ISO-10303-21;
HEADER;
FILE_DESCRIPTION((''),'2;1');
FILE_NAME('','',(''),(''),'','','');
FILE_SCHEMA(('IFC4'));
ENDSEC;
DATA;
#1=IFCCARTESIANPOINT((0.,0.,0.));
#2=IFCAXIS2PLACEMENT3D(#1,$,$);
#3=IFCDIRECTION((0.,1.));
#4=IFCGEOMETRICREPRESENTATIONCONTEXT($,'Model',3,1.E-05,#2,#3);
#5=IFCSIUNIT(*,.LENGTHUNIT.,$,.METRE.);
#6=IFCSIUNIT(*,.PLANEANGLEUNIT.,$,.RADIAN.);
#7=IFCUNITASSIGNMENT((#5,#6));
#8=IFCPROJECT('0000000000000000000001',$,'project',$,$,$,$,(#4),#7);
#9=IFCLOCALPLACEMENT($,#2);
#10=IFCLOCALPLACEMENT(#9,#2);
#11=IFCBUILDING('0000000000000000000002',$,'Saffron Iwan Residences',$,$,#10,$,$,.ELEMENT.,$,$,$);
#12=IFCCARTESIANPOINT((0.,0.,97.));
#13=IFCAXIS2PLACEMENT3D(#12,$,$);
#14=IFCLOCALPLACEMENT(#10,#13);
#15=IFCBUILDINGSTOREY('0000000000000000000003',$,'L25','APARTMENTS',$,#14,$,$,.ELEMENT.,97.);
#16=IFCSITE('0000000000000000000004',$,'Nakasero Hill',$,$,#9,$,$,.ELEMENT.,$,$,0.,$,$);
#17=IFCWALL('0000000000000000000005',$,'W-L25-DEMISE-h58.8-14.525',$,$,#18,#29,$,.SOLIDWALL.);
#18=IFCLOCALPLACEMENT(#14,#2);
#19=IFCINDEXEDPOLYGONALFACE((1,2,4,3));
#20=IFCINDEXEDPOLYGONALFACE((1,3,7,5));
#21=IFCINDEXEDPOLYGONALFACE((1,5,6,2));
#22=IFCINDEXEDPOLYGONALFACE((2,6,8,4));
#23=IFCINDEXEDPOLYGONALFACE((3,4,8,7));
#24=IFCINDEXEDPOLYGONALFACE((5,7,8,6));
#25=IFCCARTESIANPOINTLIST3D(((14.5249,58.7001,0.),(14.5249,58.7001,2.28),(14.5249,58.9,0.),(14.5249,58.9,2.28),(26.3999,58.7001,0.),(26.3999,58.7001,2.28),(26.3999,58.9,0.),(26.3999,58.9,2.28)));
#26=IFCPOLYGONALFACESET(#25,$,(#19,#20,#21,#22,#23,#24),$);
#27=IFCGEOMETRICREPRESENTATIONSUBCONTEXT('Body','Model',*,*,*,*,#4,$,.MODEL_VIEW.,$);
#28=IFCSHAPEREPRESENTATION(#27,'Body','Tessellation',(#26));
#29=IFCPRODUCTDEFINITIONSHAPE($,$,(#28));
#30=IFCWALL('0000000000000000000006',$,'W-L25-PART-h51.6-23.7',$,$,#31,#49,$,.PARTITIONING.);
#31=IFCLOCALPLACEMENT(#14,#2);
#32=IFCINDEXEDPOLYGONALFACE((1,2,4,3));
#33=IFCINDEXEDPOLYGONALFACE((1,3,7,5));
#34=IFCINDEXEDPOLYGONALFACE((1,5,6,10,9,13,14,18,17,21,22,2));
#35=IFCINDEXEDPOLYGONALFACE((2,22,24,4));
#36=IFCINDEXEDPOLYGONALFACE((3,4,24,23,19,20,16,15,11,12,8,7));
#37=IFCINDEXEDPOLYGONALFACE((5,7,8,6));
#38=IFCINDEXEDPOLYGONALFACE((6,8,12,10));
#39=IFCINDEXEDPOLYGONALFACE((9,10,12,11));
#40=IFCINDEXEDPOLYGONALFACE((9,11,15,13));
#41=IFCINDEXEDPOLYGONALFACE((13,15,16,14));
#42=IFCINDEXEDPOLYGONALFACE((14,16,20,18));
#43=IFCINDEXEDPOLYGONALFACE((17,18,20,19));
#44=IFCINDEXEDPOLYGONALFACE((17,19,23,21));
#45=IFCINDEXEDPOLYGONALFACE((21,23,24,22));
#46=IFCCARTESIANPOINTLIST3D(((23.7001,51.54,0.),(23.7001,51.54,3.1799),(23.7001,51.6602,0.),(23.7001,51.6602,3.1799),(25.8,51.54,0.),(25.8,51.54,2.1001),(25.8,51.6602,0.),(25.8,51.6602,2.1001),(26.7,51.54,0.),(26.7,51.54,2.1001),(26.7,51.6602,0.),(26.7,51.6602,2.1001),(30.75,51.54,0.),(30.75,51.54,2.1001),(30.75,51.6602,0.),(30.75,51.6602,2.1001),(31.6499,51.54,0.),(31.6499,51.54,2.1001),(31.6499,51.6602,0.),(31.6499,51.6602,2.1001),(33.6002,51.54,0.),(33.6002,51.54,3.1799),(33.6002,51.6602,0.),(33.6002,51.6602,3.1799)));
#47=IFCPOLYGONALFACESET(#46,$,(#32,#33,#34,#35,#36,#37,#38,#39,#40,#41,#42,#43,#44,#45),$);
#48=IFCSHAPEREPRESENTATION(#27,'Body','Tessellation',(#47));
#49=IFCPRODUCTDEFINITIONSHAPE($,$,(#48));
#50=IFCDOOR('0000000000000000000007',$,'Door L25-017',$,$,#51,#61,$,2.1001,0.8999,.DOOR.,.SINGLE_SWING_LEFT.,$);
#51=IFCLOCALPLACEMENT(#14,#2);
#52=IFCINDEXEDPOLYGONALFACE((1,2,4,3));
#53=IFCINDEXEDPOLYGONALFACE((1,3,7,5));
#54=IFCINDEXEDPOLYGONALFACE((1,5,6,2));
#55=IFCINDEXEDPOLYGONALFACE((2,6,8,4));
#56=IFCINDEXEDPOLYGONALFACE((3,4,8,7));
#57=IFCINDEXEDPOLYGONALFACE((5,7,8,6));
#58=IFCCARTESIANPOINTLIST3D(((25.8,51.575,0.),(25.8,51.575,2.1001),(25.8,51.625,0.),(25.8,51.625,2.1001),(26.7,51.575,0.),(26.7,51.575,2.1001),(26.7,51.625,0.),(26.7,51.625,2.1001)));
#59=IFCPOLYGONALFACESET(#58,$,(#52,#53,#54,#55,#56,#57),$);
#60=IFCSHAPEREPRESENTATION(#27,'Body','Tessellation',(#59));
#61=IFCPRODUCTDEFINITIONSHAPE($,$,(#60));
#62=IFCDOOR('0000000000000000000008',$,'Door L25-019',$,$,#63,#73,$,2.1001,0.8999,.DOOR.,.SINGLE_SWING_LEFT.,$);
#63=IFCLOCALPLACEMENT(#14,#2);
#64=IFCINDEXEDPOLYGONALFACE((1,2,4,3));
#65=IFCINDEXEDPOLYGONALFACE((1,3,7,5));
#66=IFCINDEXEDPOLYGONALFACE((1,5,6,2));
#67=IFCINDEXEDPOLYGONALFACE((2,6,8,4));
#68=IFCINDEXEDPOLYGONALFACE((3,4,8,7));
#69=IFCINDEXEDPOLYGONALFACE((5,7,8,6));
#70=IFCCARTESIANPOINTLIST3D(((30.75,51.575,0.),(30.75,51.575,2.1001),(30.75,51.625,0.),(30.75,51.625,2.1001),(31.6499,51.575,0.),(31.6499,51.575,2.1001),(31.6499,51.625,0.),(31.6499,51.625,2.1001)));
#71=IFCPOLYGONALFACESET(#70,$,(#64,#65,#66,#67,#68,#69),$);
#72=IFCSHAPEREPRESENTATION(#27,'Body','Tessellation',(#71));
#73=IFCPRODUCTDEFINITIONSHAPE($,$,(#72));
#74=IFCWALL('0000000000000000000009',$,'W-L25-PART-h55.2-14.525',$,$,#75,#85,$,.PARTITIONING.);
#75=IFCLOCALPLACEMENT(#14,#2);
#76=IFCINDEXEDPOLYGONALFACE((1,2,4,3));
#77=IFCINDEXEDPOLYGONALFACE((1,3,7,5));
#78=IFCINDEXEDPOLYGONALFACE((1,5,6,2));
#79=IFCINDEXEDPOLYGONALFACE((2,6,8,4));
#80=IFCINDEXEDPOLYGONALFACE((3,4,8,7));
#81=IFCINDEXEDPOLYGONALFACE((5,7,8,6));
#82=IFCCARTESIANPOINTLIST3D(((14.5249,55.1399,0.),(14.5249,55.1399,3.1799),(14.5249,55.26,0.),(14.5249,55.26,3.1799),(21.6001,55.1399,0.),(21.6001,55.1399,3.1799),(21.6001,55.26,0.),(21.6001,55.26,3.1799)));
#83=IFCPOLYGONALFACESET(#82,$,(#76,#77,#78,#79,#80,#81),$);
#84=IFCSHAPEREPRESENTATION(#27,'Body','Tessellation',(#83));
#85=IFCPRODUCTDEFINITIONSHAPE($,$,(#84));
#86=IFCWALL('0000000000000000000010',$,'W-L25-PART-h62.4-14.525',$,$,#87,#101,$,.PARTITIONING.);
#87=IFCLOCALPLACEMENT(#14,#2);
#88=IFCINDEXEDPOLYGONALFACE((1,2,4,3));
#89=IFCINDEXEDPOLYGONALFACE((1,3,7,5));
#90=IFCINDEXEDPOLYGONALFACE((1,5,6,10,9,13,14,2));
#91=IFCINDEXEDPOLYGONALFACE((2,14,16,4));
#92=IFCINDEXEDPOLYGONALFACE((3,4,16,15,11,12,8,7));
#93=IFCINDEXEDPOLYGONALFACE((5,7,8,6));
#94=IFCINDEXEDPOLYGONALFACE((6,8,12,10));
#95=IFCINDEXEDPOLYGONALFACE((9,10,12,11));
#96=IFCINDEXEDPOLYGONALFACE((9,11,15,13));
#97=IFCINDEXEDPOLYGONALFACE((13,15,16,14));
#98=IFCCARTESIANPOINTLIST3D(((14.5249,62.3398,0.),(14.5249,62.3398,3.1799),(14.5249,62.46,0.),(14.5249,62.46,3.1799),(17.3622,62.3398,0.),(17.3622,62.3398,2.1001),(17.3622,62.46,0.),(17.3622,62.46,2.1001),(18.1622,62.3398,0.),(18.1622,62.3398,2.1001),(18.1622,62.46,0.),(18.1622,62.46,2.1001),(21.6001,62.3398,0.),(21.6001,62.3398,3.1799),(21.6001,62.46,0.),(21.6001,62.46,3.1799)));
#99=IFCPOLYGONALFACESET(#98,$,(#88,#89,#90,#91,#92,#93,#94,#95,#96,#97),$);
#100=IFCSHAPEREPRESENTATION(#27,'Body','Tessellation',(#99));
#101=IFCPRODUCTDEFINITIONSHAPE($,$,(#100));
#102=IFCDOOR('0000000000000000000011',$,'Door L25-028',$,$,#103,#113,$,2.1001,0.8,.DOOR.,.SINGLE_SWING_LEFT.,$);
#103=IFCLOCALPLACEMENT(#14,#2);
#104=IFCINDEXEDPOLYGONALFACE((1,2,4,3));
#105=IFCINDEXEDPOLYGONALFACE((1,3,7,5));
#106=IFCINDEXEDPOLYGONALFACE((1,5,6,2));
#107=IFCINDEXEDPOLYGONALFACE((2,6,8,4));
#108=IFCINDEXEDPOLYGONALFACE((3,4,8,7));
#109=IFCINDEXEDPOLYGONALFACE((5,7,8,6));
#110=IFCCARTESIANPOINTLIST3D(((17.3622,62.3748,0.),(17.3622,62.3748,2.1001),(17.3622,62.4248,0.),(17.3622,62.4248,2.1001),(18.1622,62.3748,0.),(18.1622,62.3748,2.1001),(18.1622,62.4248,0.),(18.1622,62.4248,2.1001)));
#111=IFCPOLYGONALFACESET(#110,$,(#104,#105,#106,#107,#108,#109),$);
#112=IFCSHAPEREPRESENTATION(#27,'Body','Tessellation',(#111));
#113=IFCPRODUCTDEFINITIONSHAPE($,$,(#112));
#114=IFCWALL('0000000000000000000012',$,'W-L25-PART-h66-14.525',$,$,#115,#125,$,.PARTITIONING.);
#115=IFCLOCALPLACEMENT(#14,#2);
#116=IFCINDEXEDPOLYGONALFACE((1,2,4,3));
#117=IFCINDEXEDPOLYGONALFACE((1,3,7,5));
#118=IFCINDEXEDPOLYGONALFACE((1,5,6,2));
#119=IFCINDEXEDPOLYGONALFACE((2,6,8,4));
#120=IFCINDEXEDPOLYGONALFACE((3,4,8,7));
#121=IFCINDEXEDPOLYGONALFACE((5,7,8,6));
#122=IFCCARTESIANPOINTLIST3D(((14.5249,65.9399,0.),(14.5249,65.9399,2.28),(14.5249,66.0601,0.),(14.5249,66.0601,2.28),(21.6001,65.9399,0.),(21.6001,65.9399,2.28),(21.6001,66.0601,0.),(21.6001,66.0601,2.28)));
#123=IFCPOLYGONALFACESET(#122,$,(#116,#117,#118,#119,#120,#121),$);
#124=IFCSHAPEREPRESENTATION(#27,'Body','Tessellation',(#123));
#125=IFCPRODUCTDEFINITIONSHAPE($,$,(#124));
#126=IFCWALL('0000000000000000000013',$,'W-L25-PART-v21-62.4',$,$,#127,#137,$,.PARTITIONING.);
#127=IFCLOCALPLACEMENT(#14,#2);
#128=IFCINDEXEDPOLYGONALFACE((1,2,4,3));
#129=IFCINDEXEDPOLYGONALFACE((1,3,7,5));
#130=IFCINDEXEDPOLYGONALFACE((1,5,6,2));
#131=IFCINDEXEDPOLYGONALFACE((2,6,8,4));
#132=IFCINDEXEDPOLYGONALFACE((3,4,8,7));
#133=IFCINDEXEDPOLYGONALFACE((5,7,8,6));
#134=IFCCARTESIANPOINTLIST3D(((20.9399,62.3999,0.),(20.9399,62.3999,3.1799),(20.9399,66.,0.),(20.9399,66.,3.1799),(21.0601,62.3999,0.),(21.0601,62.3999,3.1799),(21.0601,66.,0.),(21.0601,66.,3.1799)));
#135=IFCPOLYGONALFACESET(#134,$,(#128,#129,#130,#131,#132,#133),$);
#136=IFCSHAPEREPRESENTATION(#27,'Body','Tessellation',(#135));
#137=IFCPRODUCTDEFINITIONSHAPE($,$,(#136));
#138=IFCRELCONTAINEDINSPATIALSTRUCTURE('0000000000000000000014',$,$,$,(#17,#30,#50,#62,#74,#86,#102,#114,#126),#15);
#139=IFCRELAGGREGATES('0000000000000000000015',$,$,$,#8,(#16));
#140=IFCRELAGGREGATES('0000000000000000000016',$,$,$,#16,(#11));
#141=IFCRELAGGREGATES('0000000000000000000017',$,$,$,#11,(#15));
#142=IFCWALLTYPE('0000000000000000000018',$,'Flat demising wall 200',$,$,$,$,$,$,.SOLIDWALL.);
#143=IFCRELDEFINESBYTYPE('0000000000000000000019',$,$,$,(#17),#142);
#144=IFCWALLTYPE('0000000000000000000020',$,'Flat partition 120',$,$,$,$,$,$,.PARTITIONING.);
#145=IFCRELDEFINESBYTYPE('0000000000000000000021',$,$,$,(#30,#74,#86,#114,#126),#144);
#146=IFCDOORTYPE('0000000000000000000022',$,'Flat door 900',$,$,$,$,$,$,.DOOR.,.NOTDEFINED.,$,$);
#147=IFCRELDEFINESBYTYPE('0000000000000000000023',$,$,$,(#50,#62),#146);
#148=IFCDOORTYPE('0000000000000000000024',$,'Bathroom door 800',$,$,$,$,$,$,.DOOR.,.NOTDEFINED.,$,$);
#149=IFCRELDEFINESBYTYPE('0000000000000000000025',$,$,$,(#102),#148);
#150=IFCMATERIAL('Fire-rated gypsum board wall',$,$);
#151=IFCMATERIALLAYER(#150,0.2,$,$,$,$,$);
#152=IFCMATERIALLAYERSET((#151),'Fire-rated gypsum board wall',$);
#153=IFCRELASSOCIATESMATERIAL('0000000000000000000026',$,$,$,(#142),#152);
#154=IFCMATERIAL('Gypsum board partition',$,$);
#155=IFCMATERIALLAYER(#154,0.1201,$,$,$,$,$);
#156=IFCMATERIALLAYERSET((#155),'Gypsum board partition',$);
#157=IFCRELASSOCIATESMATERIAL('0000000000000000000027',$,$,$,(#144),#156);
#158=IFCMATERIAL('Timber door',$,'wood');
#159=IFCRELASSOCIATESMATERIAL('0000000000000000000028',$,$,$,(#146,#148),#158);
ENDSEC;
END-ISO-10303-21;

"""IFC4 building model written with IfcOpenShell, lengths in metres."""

from ifc_helpers import new_model, si_unit, direction, frame, frame_2d, origin, place, context, subcontext, project, spatial, rectangle, extrude, material, layer, layer_set, type_object, element, fill, save


model = new_model("IFC4")

# Units and contexts
model_context = context("Model", 3, precision=1e-05, world=origin(), true_north=direction((0.0, 1.0)))
body_context = subcontext(model_context, "Body", "Model", "MODEL_VIEW")
ifc_project = project(units=[si_unit("LENGTHUNIT", "METRE"), si_unit("PLANEANGLEUNIT", "RADIAN")], contexts=[model_context])

# Site, building, storey
site_placement = place(None, origin())
site = spatial("IfcSite", under=ifc_project, at=site_placement, Name="Nakasero Hill", CompositionType="ELEMENT", RefElevation=0.0)
building_placement = place(site_placement, origin())
building = spatial("IfcBuilding", under=site, at=building_placement, Name="Saffron Iwan Residences", CompositionType="ELEMENT")
storey_placement = place(building_placement, frame((0.0, 0.0, 97.0)))
storey = spatial("IfcBuildingStorey", under=building, at=storey_placement, Name="L25", Description="APARTMENTS", CompositionType="ELEMENT", Elevation=97.0)

# Wall
ifc_material_1 = material(Name="Fire-rated gypsum board wall")
ifc_layer_1 = layer(ifc_material_1, 0.2)
ifc_layer_set_1 = layer_set([ifc_layer_1], Name="Fire-rated gypsum board wall")
wall_type_1 = type_object("IfcWallType", Name="Flat demising wall 200", PredefinedType="SOLIDWALL", material=ifc_layer_set_1)
wall_1_placement = place(storey_placement, frame((14.5249, 58.8, 0.0), z_axis=(0.0, 0.0, 1.0), x_axis=(1.0, 0.0, 0.0)))
element("IfcWall", 1, at=wall_1_placement, inside=storey, type_object=wall_type_1, Name="W-L25-DEMISE-h58.8-14.525", PredefinedType="SOLIDWALL", context=body_context, shape_type="SweptSolid", body=[
    extrude(rectangle(XDim=11.875, YDim=0.2, at=frame_2d((5.9375, 0.0))), origin(), (0.0, 0.0, 1.0), 2.28),
])

# Wall, openings, doors
ifc_material_2 = material(Name="Gypsum board partition")
ifc_layer_2 = layer(ifc_material_2, 0.1201)
ifc_layer_set_2 = layer_set([ifc_layer_2], Name="Gypsum board partition")
wall_type_2 = type_object("IfcWallType", Name="Flat partition 120", PredefinedType="PARTITIONING", material=ifc_layer_set_2)
wall_2_placement = place(storey_placement, frame((23.7, 51.6001, 0.0), z_axis=(0.0, 0.0, 1.0), x_axis=(1.0, 0.0, 0.0)))
wall_2 = element("IfcWall", 2, at=wall_2_placement, inside=storey, type_object=wall_type_2, Name="W-L25-PART-h51.6-23.7", PredefinedType="PARTITIONING", context=body_context, shape_type="SweptSolid", body=[
    extrude(rectangle(XDim=9.9001, YDim=0.1201, at=frame_2d((4.9502, 0.0))), origin(), (0.0, 0.0, 1.0), 3.1799),
])
opening_1_placement = place(wall_2_placement, frame((2.1001, 0.0, 0.0)))
opening_1 = element("IfcOpeningElement", 3, at=opening_1_placement, cuts=wall_2, PredefinedType="OPENING", context=body_context, shape_type="SweptSolid", body=[
    extrude(rectangle(XDim=0.8999, YDim=2.1001, at=frame_2d((0.45, 1.05))), frame((0.0, 0.0701, 0.0), z_axis=(0.0, -1.0, 0.0), x_axis=(1.0, 0.0, 0.0)), (0.0, 0.0, 1.0), 0.1401),
])
opening_2_placement = place(wall_2_placement, frame((7.05, 0.0, 0.0)))
opening_2 = element("IfcOpeningElement", 4, at=opening_2_placement, cuts=wall_2, PredefinedType="OPENING", context=body_context, shape_type="SweptSolid", body=[
    extrude(rectangle(XDim=0.8999, YDim=2.1001, at=frame_2d((0.45, 1.05))), frame((0.0, 0.0701, 0.0), z_axis=(0.0, -1.0, 0.0), x_axis=(1.0, 0.0, 0.0)), (0.0, 0.0, 1.0), 0.1401),
])
ifc_material_3 = material(Name="Timber door", Category="wood")
door_type_1 = type_object("IfcDoorType", Name="Flat door 900", OperationType="NOTDEFINED", PredefinedType="DOOR", material=ifc_material_3)
door_1_placement = place(opening_1_placement, origin())
door_1 = element("IfcDoor", 5, at=door_1_placement, inside=storey, type_object=door_type_1, Name="Door L25-017", OperationType="SINGLE_SWING_LEFT", OverallHeight=2.1001, OverallWidth=0.8999, PredefinedType="DOOR", context=body_context, shape_type="SweptSolid", body=[
    extrude(rectangle(XDim=0.8999, YDim=2.1001, at=frame_2d((0.45, 1.05))), frame((0.0, 0.0249, 0.0), z_axis=(0.0, -1.0, 0.0), x_axis=(1.0, 0.0, 0.0)), (0.0, 0.0, 1.0), 0.05),
])
fill(opening_1, door_1)
door_2_placement = place(opening_2_placement, origin())
door_2 = element("IfcDoor", 6, at=door_2_placement, inside=storey, type_object=door_type_1, Name="Door L25-019", OperationType="SINGLE_SWING_LEFT", OverallHeight=2.1001, OverallWidth=0.8999, PredefinedType="DOOR", context=body_context, shape_type="SweptSolid", body=[
    extrude(rectangle(XDim=0.8999, YDim=2.1001, at=frame_2d((0.45, 1.05))), frame((0.0, 0.0249, 0.0), z_axis=(0.0, -1.0, 0.0), x_axis=(1.0, 0.0, 0.0)), (0.0, 0.0, 1.0), 0.05),
])
fill(opening_2, door_2)

# Wall
wall_3_placement = place(storey_placement, frame((14.5249, 55.2, 0.0), z_axis=(0.0, 0.0, 1.0), x_axis=(1.0, 0.0, 0.0)))
element("IfcWall", 7, at=wall_3_placement, inside=storey, type_object=wall_type_2, Name="W-L25-PART-h55.2-14.525", PredefinedType="PARTITIONING", context=body_context, shape_type="SweptSolid", body=[
    extrude(rectangle(XDim=7.0752, YDim=0.1201, at=frame_2d((3.5376, 0.0))), origin(), (0.0, 0.0, 1.0), 3.1799),
])

# Wall, opening, door
wall_4_placement = place(storey_placement, frame((14.5249, 62.3999, 0.0), z_axis=(0.0, 0.0, 1.0), x_axis=(1.0, 0.0, 0.0)))
wall_4 = element("IfcWall", 8, at=wall_4_placement, inside=storey, type_object=wall_type_2, Name="W-L25-PART-h62.4-14.525", PredefinedType="PARTITIONING", context=body_context, shape_type="SweptSolid", body=[
    extrude(rectangle(XDim=7.0752, YDim=0.1201, at=frame_2d((3.5376, 0.0))), origin(), (0.0, 0.0, 1.0), 3.1799),
])
opening_3_placement = place(wall_4_placement, frame((2.8374, 0.0, 0.0)))
opening_3 = element("IfcOpeningElement", 9, at=opening_3_placement, cuts=wall_4, PredefinedType="OPENING", context=body_context, shape_type="SweptSolid", body=[
    extrude(rectangle(XDim=0.8, YDim=2.1001, at=frame_2d((0.3999, 1.05))), frame((0.0, 0.0701, 0.0), z_axis=(0.0, -1.0, 0.0), x_axis=(1.0, 0.0, 0.0)), (0.0, 0.0, 1.0), 0.1401),
])
door_type_2 = type_object("IfcDoorType", Name="Bathroom door 800", OperationType="NOTDEFINED", PredefinedType="DOOR", material=ifc_material_3)
door_3_placement = place(opening_3_placement, origin())
door_3 = element("IfcDoor", 10, at=door_3_placement, inside=storey, type_object=door_type_2, Name="Door L25-028", OperationType="SINGLE_SWING_LEFT", OverallHeight=2.1001, OverallWidth=0.8, PredefinedType="DOOR", context=body_context, shape_type="SweptSolid", body=[
    extrude(rectangle(XDim=0.8, YDim=2.1001, at=frame_2d((0.3999, 1.05))), frame((0.0, 0.0249, 0.0), z_axis=(0.0, -1.0, 0.0), x_axis=(1.0, 0.0, 0.0)), (0.0, 0.0, 1.0), 0.05),
])
fill(opening_3, door_3)

# Walls
wall_5_placement = place(storey_placement, frame((14.5249, 66.0, 0.0), z_axis=(0.0, 0.0, 1.0), x_axis=(1.0, 0.0, 0.0)))
element("IfcWall", 11, at=wall_5_placement, inside=storey, type_object=wall_type_2, Name="W-L25-PART-h66-14.525", PredefinedType="PARTITIONING", context=body_context, shape_type="SweptSolid", body=[
    extrude(rectangle(XDim=7.0752, YDim=0.1201, at=frame_2d((3.5376, 0.0))), origin(), (0.0, 0.0, 1.0), 2.28),
])
wall_6_placement = place(storey_placement, frame((21.0, 62.3999, 0.0), z_axis=(0.0, 0.0, 1.0), x_axis=(0.0, 1.0, 0.0)))
element("IfcWall", 12, at=wall_6_placement, inside=storey, type_object=wall_type_2, Name="W-L25-PART-v21-62.4", PredefinedType="PARTITIONING", context=body_context, shape_type="SweptSolid", body=[
    extrude(rectangle(XDim=3.6001, YDim=0.1201, at=frame_2d((1.8, 0.0))), origin(), (0.0, 0.0, 1.0), 3.1799),
])

save(model, "model.ifc")
